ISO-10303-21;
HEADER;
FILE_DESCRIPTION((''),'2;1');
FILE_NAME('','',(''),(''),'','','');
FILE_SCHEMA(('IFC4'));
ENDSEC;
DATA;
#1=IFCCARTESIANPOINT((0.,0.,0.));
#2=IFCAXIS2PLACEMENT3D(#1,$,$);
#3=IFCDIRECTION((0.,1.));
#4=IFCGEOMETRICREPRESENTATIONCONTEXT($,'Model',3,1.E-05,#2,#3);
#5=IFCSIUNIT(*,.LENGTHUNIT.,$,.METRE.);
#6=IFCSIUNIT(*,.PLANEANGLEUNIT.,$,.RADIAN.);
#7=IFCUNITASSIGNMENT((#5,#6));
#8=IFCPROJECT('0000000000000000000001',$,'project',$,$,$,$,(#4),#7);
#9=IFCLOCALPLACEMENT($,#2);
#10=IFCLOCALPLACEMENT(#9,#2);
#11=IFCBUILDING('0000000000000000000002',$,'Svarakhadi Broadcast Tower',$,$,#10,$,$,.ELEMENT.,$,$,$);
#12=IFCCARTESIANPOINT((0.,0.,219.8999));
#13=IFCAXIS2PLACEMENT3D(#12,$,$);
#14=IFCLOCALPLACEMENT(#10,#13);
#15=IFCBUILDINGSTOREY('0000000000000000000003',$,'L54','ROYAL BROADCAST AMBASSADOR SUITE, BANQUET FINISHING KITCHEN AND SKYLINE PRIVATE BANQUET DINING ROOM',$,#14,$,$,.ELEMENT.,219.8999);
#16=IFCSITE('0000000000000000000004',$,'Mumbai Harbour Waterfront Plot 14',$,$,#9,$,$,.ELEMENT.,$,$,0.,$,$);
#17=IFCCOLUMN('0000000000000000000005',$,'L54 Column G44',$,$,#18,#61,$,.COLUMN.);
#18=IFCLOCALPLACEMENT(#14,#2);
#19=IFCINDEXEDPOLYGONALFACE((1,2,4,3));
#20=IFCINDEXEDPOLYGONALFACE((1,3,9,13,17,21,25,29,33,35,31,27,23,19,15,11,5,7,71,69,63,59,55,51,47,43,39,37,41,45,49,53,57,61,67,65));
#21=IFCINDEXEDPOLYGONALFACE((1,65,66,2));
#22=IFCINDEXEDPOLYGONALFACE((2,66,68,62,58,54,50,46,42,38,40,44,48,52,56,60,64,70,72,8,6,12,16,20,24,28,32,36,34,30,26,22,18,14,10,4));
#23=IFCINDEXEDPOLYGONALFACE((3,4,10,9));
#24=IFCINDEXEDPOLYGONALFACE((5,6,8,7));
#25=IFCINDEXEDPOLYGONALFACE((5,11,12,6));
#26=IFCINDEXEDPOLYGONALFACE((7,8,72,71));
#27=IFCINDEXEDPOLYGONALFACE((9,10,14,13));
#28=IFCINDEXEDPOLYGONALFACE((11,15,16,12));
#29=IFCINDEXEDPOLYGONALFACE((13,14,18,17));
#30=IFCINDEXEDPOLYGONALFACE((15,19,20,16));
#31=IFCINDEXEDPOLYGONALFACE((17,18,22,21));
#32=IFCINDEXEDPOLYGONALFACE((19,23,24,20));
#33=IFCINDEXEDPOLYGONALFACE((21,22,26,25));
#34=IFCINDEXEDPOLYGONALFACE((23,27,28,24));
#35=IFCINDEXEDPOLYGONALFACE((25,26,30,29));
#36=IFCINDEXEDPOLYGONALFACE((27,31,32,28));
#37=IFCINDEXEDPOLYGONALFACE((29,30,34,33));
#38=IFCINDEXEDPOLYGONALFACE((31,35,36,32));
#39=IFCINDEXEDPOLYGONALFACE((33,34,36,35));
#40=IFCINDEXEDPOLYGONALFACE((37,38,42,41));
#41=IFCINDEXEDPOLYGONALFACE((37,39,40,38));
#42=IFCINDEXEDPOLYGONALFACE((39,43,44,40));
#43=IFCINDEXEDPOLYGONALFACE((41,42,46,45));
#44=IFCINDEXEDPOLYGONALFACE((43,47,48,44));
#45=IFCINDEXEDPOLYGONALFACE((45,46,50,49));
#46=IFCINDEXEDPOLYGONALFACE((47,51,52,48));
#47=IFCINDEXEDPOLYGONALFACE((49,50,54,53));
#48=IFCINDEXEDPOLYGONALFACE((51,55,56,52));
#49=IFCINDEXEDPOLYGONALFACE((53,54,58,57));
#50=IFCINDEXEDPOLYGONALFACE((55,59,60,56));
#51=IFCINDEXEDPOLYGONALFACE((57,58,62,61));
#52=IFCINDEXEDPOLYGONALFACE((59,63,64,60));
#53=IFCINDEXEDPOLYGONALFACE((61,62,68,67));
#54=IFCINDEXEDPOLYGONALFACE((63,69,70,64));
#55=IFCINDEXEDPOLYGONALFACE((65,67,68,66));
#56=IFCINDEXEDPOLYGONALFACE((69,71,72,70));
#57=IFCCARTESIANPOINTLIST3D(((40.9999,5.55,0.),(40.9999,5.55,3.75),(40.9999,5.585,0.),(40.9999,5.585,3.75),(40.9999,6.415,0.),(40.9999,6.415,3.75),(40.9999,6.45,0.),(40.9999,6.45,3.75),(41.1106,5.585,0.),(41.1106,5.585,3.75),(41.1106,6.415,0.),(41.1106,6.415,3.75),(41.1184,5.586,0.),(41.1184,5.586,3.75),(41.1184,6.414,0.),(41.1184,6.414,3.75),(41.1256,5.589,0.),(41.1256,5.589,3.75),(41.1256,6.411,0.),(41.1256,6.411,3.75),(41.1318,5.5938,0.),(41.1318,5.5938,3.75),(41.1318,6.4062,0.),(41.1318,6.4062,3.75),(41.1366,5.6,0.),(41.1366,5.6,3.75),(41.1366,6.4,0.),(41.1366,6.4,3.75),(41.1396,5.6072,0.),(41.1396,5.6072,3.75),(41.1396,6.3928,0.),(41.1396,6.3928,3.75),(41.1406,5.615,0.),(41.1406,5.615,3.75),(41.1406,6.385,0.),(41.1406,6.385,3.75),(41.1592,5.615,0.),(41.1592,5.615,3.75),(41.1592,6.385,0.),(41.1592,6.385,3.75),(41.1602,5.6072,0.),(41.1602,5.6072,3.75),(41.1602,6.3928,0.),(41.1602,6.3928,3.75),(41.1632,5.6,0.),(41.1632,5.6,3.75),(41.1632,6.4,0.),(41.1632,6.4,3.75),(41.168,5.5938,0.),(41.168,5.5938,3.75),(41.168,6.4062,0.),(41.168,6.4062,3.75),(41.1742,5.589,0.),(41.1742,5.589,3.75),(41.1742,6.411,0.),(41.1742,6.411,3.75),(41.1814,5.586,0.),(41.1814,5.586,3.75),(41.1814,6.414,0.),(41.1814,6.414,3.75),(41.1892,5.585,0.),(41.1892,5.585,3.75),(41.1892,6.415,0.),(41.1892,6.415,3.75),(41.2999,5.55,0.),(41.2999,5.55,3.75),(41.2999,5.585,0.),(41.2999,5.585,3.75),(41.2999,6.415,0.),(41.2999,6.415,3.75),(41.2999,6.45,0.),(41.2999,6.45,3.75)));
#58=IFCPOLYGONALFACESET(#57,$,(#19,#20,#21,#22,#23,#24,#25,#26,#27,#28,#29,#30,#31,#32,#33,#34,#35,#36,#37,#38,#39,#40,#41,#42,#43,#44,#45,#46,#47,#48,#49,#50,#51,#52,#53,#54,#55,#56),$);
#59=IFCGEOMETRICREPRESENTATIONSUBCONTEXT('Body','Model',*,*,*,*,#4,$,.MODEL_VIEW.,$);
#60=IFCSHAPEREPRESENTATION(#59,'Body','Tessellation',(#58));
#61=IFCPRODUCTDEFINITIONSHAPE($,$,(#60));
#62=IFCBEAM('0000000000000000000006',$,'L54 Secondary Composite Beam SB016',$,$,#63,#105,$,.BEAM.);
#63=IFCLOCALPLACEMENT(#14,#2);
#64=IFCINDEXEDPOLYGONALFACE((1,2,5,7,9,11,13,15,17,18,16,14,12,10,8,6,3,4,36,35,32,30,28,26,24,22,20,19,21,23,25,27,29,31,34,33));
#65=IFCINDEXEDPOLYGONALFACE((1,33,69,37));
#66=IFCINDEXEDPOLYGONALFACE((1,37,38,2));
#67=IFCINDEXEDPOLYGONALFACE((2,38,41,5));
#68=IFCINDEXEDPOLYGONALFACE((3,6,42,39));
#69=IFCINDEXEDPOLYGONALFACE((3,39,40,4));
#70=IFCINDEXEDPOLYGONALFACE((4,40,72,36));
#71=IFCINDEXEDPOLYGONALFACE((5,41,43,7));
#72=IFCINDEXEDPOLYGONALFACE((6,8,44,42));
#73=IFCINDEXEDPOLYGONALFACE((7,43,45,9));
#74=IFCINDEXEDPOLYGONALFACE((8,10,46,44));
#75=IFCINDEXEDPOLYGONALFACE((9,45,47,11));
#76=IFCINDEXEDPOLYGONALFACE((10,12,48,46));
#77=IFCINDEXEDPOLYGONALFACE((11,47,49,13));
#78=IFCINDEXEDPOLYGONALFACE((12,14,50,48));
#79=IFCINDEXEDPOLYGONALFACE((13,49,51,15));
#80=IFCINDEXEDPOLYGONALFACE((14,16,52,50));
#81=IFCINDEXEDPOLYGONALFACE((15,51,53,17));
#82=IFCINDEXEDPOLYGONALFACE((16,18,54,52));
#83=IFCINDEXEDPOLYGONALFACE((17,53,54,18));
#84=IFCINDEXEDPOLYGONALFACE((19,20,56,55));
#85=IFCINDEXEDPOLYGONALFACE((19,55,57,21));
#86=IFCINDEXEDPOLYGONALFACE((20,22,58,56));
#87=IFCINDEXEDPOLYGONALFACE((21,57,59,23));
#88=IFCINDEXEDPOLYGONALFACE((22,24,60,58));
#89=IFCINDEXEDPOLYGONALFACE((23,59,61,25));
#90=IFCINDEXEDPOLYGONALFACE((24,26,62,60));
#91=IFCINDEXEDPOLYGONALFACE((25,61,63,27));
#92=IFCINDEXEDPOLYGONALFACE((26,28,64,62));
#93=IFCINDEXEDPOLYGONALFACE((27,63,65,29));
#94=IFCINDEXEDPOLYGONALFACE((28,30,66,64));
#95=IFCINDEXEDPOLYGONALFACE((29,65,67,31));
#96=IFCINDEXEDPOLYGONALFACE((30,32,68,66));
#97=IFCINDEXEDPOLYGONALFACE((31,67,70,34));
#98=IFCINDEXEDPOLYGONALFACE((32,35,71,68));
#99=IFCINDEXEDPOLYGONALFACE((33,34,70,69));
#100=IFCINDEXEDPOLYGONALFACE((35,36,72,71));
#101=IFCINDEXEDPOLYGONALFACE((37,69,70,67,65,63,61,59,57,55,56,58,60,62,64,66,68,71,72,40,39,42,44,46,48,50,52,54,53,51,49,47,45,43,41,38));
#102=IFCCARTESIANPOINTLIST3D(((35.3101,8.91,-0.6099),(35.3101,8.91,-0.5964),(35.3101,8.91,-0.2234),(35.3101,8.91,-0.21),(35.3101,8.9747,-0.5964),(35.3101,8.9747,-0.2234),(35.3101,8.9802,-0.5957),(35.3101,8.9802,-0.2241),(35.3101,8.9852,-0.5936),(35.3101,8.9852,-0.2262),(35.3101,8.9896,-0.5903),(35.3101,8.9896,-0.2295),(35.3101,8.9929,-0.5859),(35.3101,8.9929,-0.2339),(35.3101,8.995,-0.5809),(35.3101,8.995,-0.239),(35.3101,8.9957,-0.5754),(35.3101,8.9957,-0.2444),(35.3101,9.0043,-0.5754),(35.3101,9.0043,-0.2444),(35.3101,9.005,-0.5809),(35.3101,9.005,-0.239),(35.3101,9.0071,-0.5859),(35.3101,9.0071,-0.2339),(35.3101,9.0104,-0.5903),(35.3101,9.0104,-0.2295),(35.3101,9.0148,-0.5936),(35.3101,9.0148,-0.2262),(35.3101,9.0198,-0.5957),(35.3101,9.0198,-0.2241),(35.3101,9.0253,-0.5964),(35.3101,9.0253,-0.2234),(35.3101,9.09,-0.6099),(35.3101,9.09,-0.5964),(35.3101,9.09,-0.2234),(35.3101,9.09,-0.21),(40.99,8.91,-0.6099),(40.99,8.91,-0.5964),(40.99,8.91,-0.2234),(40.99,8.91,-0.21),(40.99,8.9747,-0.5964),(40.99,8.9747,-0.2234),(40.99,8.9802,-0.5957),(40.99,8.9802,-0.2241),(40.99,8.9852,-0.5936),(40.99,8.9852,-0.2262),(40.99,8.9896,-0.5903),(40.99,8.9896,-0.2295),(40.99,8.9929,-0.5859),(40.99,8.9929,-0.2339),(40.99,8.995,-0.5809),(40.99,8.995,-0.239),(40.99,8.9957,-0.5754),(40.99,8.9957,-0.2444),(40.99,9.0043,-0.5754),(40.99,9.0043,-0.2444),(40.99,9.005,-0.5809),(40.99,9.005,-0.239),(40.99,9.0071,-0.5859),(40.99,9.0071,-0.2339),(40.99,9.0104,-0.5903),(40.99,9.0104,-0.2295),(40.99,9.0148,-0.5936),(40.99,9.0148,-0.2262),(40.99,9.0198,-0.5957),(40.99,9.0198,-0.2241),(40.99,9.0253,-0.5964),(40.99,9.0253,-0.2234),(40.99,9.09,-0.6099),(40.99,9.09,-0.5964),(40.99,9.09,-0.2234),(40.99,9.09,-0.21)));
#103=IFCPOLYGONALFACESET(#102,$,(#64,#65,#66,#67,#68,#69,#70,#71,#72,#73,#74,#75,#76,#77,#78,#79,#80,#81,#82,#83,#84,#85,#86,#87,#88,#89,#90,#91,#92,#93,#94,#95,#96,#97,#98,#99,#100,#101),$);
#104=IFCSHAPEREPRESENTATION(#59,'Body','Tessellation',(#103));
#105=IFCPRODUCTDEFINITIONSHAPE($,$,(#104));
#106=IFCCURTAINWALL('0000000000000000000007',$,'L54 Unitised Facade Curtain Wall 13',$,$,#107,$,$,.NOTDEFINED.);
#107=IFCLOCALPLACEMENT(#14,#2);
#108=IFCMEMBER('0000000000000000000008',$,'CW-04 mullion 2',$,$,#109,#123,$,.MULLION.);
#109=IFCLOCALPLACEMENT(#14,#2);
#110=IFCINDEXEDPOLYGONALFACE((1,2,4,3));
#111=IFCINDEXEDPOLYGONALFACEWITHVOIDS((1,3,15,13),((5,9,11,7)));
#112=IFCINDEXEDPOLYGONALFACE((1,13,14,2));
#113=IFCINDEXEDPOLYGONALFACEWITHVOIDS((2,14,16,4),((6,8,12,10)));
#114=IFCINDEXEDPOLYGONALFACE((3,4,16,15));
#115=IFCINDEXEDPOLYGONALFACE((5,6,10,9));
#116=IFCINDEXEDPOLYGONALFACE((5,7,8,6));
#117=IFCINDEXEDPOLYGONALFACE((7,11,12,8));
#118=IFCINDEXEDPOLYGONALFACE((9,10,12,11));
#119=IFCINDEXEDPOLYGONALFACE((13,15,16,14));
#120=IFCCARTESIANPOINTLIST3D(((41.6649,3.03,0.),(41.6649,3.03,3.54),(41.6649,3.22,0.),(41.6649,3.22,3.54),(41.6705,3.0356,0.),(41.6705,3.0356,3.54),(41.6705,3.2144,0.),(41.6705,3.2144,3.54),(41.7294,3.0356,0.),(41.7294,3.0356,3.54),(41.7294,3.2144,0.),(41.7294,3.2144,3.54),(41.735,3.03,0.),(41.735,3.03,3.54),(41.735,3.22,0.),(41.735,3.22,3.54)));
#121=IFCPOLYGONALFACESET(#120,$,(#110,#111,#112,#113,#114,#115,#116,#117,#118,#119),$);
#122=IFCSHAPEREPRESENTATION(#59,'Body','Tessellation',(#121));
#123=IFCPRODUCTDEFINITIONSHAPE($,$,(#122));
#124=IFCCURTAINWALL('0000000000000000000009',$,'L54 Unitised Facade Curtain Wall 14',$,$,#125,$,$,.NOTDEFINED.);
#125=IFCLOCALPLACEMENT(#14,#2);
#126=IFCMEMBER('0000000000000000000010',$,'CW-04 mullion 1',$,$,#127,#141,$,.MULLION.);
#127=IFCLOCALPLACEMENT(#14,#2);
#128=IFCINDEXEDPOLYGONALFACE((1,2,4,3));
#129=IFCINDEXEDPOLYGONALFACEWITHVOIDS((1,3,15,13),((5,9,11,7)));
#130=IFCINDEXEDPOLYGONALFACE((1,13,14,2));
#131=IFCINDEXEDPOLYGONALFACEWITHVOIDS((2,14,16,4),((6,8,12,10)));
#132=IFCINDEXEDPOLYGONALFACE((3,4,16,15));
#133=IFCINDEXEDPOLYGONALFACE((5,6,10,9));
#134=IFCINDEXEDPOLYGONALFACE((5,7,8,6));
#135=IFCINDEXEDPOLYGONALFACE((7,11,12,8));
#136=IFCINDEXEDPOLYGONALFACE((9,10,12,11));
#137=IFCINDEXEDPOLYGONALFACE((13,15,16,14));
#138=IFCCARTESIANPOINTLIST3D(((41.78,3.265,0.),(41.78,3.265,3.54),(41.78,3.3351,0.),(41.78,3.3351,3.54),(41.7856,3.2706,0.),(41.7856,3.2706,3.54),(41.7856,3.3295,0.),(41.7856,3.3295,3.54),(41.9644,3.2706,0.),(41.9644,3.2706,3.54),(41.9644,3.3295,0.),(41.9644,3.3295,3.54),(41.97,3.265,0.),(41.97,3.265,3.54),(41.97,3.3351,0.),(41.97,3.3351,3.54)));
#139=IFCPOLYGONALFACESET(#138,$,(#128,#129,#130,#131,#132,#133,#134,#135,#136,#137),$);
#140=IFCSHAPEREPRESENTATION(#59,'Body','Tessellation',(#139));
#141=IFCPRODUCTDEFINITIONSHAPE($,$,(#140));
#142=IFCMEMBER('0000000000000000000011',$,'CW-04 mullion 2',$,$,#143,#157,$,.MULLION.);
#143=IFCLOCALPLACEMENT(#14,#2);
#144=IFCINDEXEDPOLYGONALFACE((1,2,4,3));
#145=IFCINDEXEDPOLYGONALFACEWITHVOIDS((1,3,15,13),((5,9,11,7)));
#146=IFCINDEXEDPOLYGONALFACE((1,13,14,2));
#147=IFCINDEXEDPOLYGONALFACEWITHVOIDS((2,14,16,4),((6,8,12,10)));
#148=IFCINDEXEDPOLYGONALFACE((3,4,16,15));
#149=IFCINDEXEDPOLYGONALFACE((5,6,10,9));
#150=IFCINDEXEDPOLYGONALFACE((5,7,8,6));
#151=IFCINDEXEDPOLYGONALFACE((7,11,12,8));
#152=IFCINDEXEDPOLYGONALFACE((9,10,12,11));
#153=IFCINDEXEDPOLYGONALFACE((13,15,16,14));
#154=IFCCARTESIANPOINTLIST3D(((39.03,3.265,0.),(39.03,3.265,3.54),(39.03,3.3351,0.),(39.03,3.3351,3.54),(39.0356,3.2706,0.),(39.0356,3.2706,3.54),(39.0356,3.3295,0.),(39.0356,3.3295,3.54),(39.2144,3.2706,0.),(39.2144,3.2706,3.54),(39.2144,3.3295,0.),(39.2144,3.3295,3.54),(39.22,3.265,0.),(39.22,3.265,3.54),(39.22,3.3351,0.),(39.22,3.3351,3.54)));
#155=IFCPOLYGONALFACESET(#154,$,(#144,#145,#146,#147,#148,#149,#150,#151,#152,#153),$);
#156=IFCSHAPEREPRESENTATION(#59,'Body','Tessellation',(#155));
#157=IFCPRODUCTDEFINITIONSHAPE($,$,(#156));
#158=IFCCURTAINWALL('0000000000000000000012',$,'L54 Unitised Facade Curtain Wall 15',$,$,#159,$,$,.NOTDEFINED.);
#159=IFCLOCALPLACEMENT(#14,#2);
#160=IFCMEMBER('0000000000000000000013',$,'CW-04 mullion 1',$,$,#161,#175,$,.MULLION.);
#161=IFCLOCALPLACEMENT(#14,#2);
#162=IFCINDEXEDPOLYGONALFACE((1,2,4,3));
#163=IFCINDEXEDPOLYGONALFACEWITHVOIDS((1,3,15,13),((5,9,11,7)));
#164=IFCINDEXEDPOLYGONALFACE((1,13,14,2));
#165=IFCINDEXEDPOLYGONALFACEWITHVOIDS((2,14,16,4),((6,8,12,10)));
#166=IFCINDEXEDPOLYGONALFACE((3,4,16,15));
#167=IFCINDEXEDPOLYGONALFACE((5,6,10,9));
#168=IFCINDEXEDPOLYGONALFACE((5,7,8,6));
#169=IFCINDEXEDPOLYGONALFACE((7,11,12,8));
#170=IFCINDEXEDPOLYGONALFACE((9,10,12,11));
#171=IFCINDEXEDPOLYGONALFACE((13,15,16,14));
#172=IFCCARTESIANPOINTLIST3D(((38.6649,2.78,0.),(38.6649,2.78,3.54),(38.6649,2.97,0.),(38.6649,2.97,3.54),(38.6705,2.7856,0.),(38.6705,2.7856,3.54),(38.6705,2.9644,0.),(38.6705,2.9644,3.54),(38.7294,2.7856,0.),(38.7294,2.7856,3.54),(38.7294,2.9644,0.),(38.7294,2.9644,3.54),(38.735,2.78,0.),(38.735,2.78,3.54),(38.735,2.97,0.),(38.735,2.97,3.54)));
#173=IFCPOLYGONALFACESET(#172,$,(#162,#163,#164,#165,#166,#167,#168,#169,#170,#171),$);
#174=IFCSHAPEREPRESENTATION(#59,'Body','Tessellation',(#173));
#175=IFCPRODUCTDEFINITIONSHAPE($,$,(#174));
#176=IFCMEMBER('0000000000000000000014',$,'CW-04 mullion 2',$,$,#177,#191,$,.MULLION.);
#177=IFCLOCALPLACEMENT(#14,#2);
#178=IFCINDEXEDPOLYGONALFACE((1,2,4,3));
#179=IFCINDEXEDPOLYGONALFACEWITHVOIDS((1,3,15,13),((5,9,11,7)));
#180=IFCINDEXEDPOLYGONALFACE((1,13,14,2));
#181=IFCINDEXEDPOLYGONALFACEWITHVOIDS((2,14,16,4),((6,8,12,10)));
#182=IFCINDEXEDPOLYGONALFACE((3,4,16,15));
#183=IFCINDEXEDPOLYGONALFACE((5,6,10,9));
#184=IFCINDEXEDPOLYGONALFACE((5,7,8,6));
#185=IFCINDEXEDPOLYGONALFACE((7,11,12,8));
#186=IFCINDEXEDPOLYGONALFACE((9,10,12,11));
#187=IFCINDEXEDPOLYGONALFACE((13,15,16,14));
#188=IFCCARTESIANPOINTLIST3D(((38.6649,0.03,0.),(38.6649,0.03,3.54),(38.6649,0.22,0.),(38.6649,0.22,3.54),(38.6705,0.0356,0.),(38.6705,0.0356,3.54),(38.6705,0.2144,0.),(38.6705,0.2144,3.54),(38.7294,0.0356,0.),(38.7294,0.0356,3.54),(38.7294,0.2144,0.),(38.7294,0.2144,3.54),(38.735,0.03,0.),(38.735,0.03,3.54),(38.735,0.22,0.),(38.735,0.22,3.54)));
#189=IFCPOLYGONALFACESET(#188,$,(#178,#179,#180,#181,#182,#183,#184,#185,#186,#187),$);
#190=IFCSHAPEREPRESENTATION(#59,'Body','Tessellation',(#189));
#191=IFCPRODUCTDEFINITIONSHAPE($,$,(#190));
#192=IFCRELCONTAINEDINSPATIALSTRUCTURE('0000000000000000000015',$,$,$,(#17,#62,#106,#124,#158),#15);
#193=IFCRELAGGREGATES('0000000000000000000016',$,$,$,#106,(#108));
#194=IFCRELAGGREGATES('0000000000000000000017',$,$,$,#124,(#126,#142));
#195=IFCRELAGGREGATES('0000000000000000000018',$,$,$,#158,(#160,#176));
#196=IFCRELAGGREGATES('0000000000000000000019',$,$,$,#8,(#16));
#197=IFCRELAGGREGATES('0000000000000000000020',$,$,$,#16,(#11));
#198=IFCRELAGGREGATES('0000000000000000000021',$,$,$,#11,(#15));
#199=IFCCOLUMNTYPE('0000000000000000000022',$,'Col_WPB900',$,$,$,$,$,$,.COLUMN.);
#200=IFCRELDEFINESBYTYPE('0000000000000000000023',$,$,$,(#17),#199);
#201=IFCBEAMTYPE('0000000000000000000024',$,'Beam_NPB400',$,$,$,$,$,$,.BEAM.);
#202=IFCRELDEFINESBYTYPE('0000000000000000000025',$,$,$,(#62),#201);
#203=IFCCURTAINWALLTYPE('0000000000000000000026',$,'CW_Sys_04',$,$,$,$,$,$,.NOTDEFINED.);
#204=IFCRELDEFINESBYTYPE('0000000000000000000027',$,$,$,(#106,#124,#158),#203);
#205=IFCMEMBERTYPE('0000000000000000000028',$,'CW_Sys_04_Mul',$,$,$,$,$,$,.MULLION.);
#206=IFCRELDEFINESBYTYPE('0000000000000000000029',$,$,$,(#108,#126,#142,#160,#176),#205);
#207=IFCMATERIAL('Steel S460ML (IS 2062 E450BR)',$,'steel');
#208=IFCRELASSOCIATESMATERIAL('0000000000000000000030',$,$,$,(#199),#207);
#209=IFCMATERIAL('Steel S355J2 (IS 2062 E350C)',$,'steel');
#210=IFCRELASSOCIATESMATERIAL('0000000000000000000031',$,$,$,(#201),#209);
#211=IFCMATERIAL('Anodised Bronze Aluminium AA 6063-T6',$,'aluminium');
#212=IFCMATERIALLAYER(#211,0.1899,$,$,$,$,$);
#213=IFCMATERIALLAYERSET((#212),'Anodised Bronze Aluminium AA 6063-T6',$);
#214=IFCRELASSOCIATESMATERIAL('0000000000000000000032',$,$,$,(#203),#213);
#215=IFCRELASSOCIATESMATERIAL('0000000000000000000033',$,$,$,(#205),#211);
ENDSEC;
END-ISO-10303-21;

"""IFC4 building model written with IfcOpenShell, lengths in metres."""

from ifc_helpers import new_model, si_unit, direction, frame, origin, origin_2d, place, context, subcontext, project, spatial, hollow_rectangle, i_section, extrude, material, layer, layer_set, material_profile, profile_set, type_object, element, aggregate, save


model = new_model("IFC4")

# Units and contexts
model_context = context("Model", 3, precision=1e-05, world=origin(), true_north=direction((0.0, 1.0)))
body_context = subcontext(model_context, "Body", "Model", "MODEL_VIEW")
ifc_project = project(units=[si_unit("LENGTHUNIT", "METRE"), si_unit("PLANEANGLEUNIT", "RADIAN")], contexts=[model_context])

# Site, building, storey
site_placement = place(None, origin())
site = spatial("IfcSite", under=ifc_project, at=site_placement, Name="Mumbai Harbour Waterfront Plot 14", CompositionType="ELEMENT", RefElevation=0.0)
building_placement = place(site_placement, origin())
building = spatial("IfcBuilding", under=site, at=building_placement, Name="Svarakhadi Broadcast Tower", CompositionType="ELEMENT")
storey_placement = place(building_placement, frame((0.0, 0.0, 219.8999)))
storey = spatial("IfcBuildingStorey", under=building, at=storey_placement, Name="L54", Description="ROYAL BROADCAST AMBASSADOR SUITE, BANQUET FINISHING KITCHEN AND SKYLINE PRIVATE BANQUET DINING ROOM", CompositionType="ELEMENT", Elevation=219.8999)

# Column
ifc_material_1 = material(Name="Steel S460ML (IS 2062 E450BR)", Category="steel")
ifc_material_profile_1 = material_profile(ifc_material_1, i_section(OverallWidth=0.3, OverallDepth=0.8999, WebThickness=0.0186, FlangeThickness=0.0349, FilletRadius=0.03, at=origin_2d()), Name="WPB 900x300x291")
ifc_profile_set_1 = profile_set([ifc_material_profile_1], Name="Steel S460ML (IS 2062 E450BR)")
column_type = type_object("IfcColumnType", Name="Col_WPB900", PredefinedType="COLUMN", material=ifc_profile_set_1)
column_placement = place(storey_placement, frame((41.1499, 6.0, 0.0), z_axis=(0.0, 0.0, 1.0), x_axis=(1.0, 0.0, 0.0)))
element("IfcColumn", 1, at=column_placement, inside=storey, type_object=column_type, Name="L54 Column G44", PredefinedType="COLUMN", context=body_context, shape_type="SweptSolid", body=[
    extrude(i_section(OverallWidth=0.3, OverallDepth=0.8999, WebThickness=0.0186, FlangeThickness=0.0349, FilletRadius=0.03, at=origin_2d()), origin(), (0.0, 0.0, 1.0), 3.75),
])

# Beam
ifc_material_2 = material(Name="Steel S355J2 (IS 2062 E350C)", Category="steel")
ifc_material_profile_2 = material_profile(ifc_material_2, i_section(OverallWidth=0.1799, OverallDepth=0.3999, WebThickness=0.0085, FlangeThickness=0.0134, FilletRadius=0.021, at=origin_2d()), Name="NPB 400x180x66")
ifc_profile_set_2 = profile_set([ifc_material_profile_2], Name="Steel S355J2 (IS 2062 E350C)")
beam_type_1 = type_object("IfcBeamType", Name="Beam_NPB400", PredefinedType="BEAM", material=ifc_profile_set_2)
beam_placement = place(storey_placement, frame((35.3101, 9.0, -0.4099), z_axis=(1.0, 0.0, 0.0), x_axis=(0.0, 1.0, 0.0)))
element("IfcBeam", 2, at=beam_placement, inside=storey, type_object=beam_type_1, Name="L54 Secondary Composite Beam SB016", PredefinedType="BEAM", context=body_context, shape_type="SweptSolid", body=[
    extrude(i_section(OverallWidth=0.1799, OverallDepth=0.3999, WebThickness=0.0085, FlangeThickness=0.0134, FilletRadius=0.021, at=origin_2d()), origin(), (0.0, 0.0, 1.0), 5.6799),
])

# Curtain wall, member
ifc_material_3 = material(Name="Anodised Bronze Aluminium AA 6063-T6", Category="aluminium")
ifc_layer_1 = layer(ifc_material_3, 0.1899)
ifc_layer_set_1 = layer_set([ifc_layer_1], Name="Anodised Bronze Aluminium AA 6063-T6")
curtain_wall_type = type_object("IfcCurtainWallType", Name="CW_Sys_04", PredefinedType="NOTDEFINED", material=ifc_layer_set_1)
curtain_wall_1_placement = place(storey_placement, origin())
curtain_wall_1 = element("IfcCurtainWall", 3, at=curtain_wall_1_placement, inside=storey, type_object=curtain_wall_type, Name="L54 Unitised Facade Curtain Wall 13", PredefinedType="NOTDEFINED")
ifc_material_profile_3 = material_profile(ifc_material_3, hollow_rectangle(XDim=0.0701, YDim=0.1899, WallThickness=0.0056, at=origin_2d()), Name="ALU MULLION 190x70x6")
ifc_profile_set_3 = profile_set([ifc_material_profile_3], Name="Anodised Bronze Aluminium AA 6063-T6")
member_type_1 = type_object("IfcMemberType", Name="CW_Sys_04_Mul", PredefinedType="MULLION", material=ifc_profile_set_3)
member_1_placement = place(storey_placement, frame((41.7, 3.125, 0.0), z_axis=(0.0, 0.0, 1.0), x_axis=(1.0, 0.0, 0.0)))
member_1 = element("IfcMember", 4, at=member_1_placement, type_object=member_type_1, Name="CW-04 mullion 2", PredefinedType="MULLION", context=body_context, shape_type="SweptSolid", body=[
    extrude(hollow_rectangle(XDim=0.0701, YDim=0.1899, WallThickness=0.0056, at=origin_2d()), origin(), (0.0, 0.0, 1.0), 3.54),
])
aggregate(curtain_wall_1, [member_1])

# Curtain walls, members
curtain_wall_2_placement = place(storey_placement, origin())
curtain_wall_2 = element("IfcCurtainWall", 5, at=curtain_wall_2_placement, inside=storey, type_object=curtain_wall_type, Name="L54 Unitised Facade Curtain Wall 14", PredefinedType="NOTDEFINED")
member_2_placement = place(storey_placement, frame((41.875, 3.3, 0.0), z_axis=(0.0, 0.0, 1.0), x_axis=(0.0, -1.0, 0.0)))
member_2 = element("IfcMember", 6, at=member_2_placement, type_object=member_type_1, Name="CW-04 mullion 1", PredefinedType="MULLION", context=body_context, shape_type="SweptSolid", body=[
    extrude(hollow_rectangle(XDim=0.0701, YDim=0.1899, WallThickness=0.0056, at=origin_2d()), origin(), (0.0, 0.0, 1.0), 3.54),
])
member_3_placement = place(storey_placement, frame((39.125, 3.3, 0.0), z_axis=(0.0, 0.0, 1.0), x_axis=(0.0, -1.0, 0.0)))
member_3 = element("IfcMember", 7, at=member_3_placement, type_object=member_type_1, Name="CW-04 mullion 2", PredefinedType="MULLION", context=body_context, shape_type="SweptSolid", body=[
    extrude(hollow_rectangle(XDim=0.0701, YDim=0.1899, WallThickness=0.0056, at=origin_2d()), origin(), (0.0, 0.0, 1.0), 3.54),
])
curtain_wall_3_placement = place(storey_placement, origin())
curtain_wall_3 = element("IfcCurtainWall", 8, at=curtain_wall_3_placement, inside=storey, type_object=curtain_wall_type, Name="L54 Unitised Facade Curtain Wall 15", PredefinedType="NOTDEFINED")
member_4_placement = place(storey_placement, frame((38.7, 2.875, 0.0), z_axis=(0.0, 0.0, 1.0), x_axis=(1.0, 0.0, 0.0)))
member_4 = element("IfcMember", 9, at=member_4_placement, type_object=member_type_1, Name="CW-04 mullion 1", PredefinedType="MULLION", context=body_context, shape_type="SweptSolid", body=[
    extrude(hollow_rectangle(XDim=0.0701, YDim=0.1899, WallThickness=0.0056, at=origin_2d()), origin(), (0.0, 0.0, 1.0), 3.54),
])
member_5_placement = place(storey_placement, frame((38.7, 0.125, 0.0), z_axis=(0.0, 0.0, 1.0), x_axis=(1.0, 0.0, 0.0)))
member_5 = element("IfcMember", 10, at=member_5_placement, type_object=member_type_1, Name="CW-04 mullion 2", PredefinedType="MULLION", context=body_context, shape_type="SweptSolid", body=[
    extrude(hollow_rectangle(XDim=0.0701, YDim=0.1899, WallThickness=0.0056, at=origin_2d()), origin(), (0.0, 0.0, 1.0), 3.54),
])

aggregate(curtain_wall_2, [member_2, member_3])
aggregate(curtain_wall_3, [member_4, member_5])

save(model, "model.ifc")
